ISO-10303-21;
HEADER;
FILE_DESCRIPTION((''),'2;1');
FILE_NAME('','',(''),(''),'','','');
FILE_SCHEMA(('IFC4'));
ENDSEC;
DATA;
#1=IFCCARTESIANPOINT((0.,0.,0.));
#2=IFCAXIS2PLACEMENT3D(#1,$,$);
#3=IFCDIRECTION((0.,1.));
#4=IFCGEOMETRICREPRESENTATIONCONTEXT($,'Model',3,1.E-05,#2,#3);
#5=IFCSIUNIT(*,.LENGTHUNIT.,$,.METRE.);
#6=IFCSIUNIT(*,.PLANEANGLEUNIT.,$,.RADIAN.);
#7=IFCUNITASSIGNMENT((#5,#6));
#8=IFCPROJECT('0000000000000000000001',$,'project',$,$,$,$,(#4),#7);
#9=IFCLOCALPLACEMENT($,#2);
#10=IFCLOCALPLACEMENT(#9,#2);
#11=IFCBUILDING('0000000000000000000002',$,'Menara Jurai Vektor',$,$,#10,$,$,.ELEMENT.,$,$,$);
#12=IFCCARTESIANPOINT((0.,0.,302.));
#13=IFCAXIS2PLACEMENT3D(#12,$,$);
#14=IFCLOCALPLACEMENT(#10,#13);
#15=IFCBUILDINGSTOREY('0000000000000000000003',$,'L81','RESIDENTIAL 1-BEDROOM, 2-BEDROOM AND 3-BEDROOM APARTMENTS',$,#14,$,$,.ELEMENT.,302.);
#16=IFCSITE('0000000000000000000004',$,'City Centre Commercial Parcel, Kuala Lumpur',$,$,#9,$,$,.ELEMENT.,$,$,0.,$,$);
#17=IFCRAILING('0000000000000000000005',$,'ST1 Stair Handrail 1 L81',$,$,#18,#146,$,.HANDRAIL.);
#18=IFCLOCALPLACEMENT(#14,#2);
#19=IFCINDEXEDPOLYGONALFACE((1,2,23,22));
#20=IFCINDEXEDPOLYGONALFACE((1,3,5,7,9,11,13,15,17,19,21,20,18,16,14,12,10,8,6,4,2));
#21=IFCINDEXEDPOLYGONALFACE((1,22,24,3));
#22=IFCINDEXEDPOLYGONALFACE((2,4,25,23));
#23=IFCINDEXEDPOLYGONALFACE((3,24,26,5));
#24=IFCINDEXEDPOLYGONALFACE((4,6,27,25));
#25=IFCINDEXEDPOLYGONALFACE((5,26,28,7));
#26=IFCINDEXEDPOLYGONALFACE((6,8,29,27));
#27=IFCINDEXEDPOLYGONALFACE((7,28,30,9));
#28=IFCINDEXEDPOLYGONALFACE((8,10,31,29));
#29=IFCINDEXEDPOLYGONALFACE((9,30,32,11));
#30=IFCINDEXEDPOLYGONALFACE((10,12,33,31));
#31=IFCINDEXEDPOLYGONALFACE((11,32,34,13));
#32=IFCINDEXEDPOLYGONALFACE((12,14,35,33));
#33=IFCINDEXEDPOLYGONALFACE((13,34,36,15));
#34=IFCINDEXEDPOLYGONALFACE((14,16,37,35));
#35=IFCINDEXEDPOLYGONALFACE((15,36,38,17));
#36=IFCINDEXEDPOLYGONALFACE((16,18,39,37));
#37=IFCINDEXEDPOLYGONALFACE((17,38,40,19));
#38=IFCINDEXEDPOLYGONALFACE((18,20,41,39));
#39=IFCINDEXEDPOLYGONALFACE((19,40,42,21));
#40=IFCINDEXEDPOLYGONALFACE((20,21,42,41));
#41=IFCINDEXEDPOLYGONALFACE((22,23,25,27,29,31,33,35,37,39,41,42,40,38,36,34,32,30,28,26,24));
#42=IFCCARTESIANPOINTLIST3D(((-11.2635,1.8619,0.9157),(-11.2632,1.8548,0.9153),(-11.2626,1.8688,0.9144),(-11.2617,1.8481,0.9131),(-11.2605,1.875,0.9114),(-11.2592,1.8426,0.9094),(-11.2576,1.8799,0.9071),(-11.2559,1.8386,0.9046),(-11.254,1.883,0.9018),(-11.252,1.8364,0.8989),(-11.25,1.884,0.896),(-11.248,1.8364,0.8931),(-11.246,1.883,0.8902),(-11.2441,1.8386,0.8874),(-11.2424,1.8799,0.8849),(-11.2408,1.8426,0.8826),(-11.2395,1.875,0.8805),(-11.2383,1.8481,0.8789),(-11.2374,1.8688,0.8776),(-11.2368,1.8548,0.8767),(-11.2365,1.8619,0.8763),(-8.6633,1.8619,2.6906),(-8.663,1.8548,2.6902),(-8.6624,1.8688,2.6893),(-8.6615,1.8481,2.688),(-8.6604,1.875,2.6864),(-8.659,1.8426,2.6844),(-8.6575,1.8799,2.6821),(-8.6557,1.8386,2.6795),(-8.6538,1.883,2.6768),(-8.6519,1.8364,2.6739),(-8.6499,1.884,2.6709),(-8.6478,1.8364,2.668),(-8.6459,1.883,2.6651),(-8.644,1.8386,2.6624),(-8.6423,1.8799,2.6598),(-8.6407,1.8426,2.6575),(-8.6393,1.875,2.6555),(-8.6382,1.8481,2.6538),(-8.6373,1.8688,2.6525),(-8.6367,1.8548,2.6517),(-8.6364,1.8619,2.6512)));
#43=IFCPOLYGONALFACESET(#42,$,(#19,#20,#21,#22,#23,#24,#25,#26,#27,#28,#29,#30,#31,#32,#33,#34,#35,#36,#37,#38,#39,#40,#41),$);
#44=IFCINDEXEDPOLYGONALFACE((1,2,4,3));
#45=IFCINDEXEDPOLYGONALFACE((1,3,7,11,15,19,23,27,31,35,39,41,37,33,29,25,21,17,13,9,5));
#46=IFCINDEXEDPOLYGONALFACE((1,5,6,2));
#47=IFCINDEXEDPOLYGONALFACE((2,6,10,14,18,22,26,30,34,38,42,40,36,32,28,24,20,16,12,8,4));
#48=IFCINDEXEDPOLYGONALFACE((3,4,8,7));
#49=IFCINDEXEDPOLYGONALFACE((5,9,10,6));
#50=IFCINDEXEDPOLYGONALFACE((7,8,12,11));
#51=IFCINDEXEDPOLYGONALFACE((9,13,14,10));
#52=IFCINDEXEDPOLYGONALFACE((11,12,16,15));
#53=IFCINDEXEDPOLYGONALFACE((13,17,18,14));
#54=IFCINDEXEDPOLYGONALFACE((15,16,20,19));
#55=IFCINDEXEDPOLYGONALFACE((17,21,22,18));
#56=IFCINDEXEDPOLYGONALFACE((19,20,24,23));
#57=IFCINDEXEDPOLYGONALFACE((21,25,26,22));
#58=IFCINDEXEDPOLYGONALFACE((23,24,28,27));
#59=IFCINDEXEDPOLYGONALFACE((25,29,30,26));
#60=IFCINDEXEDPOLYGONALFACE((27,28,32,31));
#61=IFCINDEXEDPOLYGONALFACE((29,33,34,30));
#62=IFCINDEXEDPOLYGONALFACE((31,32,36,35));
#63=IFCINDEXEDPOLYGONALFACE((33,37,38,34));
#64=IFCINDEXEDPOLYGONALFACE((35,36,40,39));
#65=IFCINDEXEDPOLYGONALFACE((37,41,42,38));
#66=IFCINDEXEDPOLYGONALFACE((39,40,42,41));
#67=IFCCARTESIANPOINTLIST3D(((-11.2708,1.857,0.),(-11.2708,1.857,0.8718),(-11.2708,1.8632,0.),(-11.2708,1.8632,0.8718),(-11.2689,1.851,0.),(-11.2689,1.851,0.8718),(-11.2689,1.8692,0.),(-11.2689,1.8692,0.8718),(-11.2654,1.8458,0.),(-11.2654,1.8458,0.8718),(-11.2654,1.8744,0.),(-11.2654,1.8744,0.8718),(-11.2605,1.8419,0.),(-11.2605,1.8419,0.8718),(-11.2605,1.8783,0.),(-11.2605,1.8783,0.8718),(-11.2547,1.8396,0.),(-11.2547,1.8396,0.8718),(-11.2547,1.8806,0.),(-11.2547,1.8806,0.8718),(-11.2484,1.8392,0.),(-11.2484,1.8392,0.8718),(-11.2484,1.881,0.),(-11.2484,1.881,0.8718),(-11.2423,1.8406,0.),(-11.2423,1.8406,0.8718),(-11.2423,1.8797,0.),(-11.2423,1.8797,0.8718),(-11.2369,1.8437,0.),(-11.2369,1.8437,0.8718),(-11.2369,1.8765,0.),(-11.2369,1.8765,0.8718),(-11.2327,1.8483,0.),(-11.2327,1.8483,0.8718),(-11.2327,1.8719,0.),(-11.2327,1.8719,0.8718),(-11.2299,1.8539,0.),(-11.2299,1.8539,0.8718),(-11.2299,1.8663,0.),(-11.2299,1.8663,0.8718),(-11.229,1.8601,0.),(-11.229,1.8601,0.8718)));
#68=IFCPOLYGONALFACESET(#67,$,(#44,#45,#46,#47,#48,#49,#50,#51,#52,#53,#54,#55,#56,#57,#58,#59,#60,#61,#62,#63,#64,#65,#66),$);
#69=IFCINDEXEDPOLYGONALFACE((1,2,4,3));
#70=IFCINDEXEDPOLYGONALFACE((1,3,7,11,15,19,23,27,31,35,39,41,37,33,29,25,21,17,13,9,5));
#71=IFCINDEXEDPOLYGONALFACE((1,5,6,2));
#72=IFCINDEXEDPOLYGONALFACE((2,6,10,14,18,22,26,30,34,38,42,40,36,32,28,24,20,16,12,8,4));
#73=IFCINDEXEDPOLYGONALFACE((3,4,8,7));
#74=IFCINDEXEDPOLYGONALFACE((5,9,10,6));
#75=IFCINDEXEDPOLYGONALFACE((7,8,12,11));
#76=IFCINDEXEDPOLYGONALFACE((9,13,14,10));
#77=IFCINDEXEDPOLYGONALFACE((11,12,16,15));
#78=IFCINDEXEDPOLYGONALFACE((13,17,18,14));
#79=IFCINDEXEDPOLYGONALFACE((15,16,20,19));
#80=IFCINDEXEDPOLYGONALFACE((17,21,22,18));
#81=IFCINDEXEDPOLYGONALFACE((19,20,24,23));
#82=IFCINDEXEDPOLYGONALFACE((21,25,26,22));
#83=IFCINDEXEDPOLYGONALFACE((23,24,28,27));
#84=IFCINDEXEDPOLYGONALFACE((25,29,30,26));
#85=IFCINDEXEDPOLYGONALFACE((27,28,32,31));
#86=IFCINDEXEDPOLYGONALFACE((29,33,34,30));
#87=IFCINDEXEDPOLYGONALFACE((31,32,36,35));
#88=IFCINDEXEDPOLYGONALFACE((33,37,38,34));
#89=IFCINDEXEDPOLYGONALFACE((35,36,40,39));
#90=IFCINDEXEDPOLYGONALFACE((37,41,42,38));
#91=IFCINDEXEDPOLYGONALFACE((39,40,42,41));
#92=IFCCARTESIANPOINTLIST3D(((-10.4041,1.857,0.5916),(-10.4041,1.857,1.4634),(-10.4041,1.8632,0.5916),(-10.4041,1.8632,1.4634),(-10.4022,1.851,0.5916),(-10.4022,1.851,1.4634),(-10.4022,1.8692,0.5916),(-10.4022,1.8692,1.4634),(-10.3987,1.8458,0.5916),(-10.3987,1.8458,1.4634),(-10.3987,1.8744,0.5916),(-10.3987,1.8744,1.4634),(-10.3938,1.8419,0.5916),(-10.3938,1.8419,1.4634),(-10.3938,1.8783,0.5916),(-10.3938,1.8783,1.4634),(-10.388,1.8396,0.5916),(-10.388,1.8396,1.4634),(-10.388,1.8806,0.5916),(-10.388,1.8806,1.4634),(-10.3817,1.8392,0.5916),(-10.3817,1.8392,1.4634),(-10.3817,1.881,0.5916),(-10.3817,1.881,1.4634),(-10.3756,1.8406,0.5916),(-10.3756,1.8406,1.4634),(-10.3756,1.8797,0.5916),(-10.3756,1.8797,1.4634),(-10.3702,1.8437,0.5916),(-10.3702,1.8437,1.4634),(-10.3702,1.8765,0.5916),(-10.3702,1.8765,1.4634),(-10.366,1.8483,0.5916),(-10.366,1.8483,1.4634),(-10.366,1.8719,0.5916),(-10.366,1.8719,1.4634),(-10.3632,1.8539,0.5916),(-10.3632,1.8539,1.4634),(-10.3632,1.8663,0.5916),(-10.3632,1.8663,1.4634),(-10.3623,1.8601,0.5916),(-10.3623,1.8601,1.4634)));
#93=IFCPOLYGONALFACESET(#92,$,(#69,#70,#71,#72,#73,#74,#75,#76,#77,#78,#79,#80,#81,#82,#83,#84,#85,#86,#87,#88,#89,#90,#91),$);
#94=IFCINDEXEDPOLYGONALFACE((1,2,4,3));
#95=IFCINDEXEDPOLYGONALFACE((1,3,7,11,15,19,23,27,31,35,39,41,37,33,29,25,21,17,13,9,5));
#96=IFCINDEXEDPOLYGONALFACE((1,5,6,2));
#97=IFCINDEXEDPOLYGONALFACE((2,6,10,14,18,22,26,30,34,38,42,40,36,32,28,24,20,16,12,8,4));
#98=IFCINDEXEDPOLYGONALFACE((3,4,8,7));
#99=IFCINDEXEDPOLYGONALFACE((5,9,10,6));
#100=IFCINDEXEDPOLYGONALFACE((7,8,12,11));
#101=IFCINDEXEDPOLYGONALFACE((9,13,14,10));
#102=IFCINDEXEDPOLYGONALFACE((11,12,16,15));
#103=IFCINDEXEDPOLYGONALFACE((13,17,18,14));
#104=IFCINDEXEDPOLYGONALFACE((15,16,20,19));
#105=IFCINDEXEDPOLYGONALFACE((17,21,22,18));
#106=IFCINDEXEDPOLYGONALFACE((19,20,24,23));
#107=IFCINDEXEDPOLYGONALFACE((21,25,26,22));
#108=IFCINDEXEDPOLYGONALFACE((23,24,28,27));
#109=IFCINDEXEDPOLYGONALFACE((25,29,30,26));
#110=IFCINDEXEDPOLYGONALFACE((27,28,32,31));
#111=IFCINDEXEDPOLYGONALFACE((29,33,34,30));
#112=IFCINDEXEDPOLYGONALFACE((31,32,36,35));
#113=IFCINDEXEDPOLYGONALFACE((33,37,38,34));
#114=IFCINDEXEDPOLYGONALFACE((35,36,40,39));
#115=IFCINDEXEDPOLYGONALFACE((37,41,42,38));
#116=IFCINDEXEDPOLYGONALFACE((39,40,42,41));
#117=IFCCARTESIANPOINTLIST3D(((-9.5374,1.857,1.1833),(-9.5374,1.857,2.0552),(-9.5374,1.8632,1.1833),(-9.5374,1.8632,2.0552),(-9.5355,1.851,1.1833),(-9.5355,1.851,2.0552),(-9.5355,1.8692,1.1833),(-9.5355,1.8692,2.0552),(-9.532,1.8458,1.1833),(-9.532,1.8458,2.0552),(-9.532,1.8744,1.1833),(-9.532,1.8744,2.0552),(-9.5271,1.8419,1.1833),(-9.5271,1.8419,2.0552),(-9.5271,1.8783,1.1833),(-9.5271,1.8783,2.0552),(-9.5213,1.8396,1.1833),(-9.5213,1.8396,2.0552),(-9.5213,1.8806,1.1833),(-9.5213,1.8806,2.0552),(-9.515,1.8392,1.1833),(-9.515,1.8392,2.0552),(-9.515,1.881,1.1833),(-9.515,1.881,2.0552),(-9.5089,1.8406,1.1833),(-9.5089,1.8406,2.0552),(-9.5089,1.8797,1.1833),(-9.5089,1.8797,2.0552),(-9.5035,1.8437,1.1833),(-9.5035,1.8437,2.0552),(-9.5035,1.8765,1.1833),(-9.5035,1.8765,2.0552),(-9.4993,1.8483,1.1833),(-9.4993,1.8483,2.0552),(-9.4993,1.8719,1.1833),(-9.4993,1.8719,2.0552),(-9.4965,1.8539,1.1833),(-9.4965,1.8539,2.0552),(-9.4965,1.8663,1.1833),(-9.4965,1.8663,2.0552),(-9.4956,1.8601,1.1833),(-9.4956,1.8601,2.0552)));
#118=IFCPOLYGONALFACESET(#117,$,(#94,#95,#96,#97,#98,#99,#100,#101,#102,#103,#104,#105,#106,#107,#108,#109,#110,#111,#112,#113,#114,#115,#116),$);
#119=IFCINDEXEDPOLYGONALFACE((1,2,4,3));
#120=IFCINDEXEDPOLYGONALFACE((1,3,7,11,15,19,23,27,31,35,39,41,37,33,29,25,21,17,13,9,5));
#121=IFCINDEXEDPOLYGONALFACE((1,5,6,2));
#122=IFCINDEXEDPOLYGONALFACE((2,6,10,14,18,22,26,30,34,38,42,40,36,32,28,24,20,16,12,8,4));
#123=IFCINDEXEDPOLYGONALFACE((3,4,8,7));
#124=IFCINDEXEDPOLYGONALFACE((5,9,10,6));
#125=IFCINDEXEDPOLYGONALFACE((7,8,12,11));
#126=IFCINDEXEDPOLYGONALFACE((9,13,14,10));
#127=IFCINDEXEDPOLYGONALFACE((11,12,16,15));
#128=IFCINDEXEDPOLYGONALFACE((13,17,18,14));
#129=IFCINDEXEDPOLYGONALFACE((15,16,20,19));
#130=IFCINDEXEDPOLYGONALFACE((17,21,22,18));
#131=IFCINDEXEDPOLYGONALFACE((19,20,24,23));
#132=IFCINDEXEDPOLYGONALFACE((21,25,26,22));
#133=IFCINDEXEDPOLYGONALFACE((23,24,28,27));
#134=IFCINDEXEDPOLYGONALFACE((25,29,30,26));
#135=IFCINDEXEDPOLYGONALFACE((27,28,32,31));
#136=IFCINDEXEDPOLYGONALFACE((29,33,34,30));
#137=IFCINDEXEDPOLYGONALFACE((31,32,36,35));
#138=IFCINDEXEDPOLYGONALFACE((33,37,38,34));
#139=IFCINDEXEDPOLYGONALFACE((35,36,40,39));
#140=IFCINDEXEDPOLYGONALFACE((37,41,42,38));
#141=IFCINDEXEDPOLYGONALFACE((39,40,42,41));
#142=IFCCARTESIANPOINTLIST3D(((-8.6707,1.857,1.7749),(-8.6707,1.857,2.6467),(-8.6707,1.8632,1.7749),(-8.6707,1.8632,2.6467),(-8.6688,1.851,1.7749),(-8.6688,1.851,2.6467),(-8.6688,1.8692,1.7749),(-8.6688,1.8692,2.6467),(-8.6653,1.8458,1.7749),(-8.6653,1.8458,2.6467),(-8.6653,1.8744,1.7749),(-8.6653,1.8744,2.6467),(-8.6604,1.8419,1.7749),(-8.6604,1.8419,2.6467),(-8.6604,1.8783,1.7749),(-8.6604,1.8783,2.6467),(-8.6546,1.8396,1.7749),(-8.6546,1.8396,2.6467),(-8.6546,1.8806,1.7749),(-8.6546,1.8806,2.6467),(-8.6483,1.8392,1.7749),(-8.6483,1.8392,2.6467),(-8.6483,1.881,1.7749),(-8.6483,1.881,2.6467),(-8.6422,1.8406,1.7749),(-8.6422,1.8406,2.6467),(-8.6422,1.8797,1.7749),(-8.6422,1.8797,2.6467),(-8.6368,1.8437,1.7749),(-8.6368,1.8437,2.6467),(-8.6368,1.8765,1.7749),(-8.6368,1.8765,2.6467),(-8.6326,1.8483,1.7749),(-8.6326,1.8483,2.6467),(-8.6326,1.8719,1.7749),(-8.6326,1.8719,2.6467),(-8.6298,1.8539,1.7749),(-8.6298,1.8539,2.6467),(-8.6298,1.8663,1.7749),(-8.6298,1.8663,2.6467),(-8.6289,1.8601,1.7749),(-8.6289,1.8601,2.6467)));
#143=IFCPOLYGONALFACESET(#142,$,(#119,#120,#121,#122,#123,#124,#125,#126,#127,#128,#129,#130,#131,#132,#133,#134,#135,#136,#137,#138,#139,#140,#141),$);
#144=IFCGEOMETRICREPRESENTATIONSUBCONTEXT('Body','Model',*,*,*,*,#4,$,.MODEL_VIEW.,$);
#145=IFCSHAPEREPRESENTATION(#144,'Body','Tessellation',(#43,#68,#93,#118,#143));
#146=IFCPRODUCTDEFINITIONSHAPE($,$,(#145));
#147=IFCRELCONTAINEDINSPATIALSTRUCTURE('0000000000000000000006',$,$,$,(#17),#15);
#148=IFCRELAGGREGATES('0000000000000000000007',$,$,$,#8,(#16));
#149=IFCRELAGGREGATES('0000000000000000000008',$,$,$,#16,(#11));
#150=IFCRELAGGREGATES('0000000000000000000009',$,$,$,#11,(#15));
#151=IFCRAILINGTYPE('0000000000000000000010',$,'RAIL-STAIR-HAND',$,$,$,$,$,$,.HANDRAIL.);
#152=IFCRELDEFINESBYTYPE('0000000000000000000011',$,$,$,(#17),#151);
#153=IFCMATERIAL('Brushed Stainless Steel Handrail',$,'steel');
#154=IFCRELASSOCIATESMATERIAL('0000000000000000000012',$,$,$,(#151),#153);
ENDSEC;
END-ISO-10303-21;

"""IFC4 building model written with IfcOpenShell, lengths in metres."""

from ifc_helpers import new_model, si_unit, direction, frame, origin, origin_2d, place, context, subcontext, project, spatial, circle, extrude, material, type_object, element, save


model = new_model("IFC4")

# Units and contexts
model_context = context("Model", 3, precision=1e-05, world=origin(), true_north=direction((0.0, 1.0)))
body_context = subcontext(model_context, "Body", "Model", "MODEL_VIEW")
ifc_project = project(units=[si_unit("LENGTHUNIT", "METRE"), si_unit("PLANEANGLEUNIT", "RADIAN")], contexts=[model_context])

# Site, building, storey
site_placement = place(None, origin())
site = spatial("IfcSite", under=ifc_project, at=site_placement, Name="City Centre Commercial Parcel, Kuala Lumpur", CompositionType="ELEMENT", RefElevation=0.0)
building_placement = place(site_placement, origin())
building = spatial("IfcBuilding", under=site, at=building_placement, Name="Menara Jurai Vektor", CompositionType="ELEMENT")
storey_placement = place(building_placement, frame((0.0, 0.0, 302.0)))
storey = spatial("IfcBuildingStorey", under=building, at=storey_placement, Name="L81", Description="RESIDENTIAL 1-BEDROOM, 2-BEDROOM AND 3-BEDROOM APARTMENTS", CompositionType="ELEMENT", Elevation=302.0)

# Railing
ifc_material_1 = material(Name="Brushed Stainless Steel Handrail", Category="steel")
railing_type_1 = type_object("IfcRailingType", Name="RAIL-STAIR-HAND", PredefinedType="HANDRAIL", material=ifc_material_1)
railing_1_placement = place(storey_placement, frame((-11.25, 1.8601, 0.0)))
element("IfcRailing", 1, at=railing_1_placement, inside=storey, type_object=railing_type_1, Name="ST1 Stair Handrail 1 L81", PredefinedType="HANDRAIL", context=body_context, shape_type="SweptSolid", body=[
    extrude(circle(Radius=0.0239, at=origin_2d()), frame((0.0, 0.0, 0.896), z_axis=(0.825915, 0.0, 0.563794), x_axis=(0.0, 1.0, 0.0)), (0.0, 0.0, 1.0), 3.1482),
    extrude(circle(Radius=0.021, at=origin_2d()), origin(), (0.0, 0.0, 1.0), 0.8718),
    extrude(circle(Radius=0.021, at=origin_2d()), frame((0.8667, 0.0, 0.5916)), (0.0, 0.0, 1.0), 0.8718),
    extrude(circle(Radius=0.021, at=origin_2d()), frame((1.7334, 0.0, 1.1833)), (0.0, 0.0, 1.0), 0.8718),
    extrude(circle(Radius=0.021, at=origin_2d()), frame((2.6001, 0.0, 1.7749)), (0.0, 0.0, 1.0), 0.8718),
])

save(model, "model.ifc")
